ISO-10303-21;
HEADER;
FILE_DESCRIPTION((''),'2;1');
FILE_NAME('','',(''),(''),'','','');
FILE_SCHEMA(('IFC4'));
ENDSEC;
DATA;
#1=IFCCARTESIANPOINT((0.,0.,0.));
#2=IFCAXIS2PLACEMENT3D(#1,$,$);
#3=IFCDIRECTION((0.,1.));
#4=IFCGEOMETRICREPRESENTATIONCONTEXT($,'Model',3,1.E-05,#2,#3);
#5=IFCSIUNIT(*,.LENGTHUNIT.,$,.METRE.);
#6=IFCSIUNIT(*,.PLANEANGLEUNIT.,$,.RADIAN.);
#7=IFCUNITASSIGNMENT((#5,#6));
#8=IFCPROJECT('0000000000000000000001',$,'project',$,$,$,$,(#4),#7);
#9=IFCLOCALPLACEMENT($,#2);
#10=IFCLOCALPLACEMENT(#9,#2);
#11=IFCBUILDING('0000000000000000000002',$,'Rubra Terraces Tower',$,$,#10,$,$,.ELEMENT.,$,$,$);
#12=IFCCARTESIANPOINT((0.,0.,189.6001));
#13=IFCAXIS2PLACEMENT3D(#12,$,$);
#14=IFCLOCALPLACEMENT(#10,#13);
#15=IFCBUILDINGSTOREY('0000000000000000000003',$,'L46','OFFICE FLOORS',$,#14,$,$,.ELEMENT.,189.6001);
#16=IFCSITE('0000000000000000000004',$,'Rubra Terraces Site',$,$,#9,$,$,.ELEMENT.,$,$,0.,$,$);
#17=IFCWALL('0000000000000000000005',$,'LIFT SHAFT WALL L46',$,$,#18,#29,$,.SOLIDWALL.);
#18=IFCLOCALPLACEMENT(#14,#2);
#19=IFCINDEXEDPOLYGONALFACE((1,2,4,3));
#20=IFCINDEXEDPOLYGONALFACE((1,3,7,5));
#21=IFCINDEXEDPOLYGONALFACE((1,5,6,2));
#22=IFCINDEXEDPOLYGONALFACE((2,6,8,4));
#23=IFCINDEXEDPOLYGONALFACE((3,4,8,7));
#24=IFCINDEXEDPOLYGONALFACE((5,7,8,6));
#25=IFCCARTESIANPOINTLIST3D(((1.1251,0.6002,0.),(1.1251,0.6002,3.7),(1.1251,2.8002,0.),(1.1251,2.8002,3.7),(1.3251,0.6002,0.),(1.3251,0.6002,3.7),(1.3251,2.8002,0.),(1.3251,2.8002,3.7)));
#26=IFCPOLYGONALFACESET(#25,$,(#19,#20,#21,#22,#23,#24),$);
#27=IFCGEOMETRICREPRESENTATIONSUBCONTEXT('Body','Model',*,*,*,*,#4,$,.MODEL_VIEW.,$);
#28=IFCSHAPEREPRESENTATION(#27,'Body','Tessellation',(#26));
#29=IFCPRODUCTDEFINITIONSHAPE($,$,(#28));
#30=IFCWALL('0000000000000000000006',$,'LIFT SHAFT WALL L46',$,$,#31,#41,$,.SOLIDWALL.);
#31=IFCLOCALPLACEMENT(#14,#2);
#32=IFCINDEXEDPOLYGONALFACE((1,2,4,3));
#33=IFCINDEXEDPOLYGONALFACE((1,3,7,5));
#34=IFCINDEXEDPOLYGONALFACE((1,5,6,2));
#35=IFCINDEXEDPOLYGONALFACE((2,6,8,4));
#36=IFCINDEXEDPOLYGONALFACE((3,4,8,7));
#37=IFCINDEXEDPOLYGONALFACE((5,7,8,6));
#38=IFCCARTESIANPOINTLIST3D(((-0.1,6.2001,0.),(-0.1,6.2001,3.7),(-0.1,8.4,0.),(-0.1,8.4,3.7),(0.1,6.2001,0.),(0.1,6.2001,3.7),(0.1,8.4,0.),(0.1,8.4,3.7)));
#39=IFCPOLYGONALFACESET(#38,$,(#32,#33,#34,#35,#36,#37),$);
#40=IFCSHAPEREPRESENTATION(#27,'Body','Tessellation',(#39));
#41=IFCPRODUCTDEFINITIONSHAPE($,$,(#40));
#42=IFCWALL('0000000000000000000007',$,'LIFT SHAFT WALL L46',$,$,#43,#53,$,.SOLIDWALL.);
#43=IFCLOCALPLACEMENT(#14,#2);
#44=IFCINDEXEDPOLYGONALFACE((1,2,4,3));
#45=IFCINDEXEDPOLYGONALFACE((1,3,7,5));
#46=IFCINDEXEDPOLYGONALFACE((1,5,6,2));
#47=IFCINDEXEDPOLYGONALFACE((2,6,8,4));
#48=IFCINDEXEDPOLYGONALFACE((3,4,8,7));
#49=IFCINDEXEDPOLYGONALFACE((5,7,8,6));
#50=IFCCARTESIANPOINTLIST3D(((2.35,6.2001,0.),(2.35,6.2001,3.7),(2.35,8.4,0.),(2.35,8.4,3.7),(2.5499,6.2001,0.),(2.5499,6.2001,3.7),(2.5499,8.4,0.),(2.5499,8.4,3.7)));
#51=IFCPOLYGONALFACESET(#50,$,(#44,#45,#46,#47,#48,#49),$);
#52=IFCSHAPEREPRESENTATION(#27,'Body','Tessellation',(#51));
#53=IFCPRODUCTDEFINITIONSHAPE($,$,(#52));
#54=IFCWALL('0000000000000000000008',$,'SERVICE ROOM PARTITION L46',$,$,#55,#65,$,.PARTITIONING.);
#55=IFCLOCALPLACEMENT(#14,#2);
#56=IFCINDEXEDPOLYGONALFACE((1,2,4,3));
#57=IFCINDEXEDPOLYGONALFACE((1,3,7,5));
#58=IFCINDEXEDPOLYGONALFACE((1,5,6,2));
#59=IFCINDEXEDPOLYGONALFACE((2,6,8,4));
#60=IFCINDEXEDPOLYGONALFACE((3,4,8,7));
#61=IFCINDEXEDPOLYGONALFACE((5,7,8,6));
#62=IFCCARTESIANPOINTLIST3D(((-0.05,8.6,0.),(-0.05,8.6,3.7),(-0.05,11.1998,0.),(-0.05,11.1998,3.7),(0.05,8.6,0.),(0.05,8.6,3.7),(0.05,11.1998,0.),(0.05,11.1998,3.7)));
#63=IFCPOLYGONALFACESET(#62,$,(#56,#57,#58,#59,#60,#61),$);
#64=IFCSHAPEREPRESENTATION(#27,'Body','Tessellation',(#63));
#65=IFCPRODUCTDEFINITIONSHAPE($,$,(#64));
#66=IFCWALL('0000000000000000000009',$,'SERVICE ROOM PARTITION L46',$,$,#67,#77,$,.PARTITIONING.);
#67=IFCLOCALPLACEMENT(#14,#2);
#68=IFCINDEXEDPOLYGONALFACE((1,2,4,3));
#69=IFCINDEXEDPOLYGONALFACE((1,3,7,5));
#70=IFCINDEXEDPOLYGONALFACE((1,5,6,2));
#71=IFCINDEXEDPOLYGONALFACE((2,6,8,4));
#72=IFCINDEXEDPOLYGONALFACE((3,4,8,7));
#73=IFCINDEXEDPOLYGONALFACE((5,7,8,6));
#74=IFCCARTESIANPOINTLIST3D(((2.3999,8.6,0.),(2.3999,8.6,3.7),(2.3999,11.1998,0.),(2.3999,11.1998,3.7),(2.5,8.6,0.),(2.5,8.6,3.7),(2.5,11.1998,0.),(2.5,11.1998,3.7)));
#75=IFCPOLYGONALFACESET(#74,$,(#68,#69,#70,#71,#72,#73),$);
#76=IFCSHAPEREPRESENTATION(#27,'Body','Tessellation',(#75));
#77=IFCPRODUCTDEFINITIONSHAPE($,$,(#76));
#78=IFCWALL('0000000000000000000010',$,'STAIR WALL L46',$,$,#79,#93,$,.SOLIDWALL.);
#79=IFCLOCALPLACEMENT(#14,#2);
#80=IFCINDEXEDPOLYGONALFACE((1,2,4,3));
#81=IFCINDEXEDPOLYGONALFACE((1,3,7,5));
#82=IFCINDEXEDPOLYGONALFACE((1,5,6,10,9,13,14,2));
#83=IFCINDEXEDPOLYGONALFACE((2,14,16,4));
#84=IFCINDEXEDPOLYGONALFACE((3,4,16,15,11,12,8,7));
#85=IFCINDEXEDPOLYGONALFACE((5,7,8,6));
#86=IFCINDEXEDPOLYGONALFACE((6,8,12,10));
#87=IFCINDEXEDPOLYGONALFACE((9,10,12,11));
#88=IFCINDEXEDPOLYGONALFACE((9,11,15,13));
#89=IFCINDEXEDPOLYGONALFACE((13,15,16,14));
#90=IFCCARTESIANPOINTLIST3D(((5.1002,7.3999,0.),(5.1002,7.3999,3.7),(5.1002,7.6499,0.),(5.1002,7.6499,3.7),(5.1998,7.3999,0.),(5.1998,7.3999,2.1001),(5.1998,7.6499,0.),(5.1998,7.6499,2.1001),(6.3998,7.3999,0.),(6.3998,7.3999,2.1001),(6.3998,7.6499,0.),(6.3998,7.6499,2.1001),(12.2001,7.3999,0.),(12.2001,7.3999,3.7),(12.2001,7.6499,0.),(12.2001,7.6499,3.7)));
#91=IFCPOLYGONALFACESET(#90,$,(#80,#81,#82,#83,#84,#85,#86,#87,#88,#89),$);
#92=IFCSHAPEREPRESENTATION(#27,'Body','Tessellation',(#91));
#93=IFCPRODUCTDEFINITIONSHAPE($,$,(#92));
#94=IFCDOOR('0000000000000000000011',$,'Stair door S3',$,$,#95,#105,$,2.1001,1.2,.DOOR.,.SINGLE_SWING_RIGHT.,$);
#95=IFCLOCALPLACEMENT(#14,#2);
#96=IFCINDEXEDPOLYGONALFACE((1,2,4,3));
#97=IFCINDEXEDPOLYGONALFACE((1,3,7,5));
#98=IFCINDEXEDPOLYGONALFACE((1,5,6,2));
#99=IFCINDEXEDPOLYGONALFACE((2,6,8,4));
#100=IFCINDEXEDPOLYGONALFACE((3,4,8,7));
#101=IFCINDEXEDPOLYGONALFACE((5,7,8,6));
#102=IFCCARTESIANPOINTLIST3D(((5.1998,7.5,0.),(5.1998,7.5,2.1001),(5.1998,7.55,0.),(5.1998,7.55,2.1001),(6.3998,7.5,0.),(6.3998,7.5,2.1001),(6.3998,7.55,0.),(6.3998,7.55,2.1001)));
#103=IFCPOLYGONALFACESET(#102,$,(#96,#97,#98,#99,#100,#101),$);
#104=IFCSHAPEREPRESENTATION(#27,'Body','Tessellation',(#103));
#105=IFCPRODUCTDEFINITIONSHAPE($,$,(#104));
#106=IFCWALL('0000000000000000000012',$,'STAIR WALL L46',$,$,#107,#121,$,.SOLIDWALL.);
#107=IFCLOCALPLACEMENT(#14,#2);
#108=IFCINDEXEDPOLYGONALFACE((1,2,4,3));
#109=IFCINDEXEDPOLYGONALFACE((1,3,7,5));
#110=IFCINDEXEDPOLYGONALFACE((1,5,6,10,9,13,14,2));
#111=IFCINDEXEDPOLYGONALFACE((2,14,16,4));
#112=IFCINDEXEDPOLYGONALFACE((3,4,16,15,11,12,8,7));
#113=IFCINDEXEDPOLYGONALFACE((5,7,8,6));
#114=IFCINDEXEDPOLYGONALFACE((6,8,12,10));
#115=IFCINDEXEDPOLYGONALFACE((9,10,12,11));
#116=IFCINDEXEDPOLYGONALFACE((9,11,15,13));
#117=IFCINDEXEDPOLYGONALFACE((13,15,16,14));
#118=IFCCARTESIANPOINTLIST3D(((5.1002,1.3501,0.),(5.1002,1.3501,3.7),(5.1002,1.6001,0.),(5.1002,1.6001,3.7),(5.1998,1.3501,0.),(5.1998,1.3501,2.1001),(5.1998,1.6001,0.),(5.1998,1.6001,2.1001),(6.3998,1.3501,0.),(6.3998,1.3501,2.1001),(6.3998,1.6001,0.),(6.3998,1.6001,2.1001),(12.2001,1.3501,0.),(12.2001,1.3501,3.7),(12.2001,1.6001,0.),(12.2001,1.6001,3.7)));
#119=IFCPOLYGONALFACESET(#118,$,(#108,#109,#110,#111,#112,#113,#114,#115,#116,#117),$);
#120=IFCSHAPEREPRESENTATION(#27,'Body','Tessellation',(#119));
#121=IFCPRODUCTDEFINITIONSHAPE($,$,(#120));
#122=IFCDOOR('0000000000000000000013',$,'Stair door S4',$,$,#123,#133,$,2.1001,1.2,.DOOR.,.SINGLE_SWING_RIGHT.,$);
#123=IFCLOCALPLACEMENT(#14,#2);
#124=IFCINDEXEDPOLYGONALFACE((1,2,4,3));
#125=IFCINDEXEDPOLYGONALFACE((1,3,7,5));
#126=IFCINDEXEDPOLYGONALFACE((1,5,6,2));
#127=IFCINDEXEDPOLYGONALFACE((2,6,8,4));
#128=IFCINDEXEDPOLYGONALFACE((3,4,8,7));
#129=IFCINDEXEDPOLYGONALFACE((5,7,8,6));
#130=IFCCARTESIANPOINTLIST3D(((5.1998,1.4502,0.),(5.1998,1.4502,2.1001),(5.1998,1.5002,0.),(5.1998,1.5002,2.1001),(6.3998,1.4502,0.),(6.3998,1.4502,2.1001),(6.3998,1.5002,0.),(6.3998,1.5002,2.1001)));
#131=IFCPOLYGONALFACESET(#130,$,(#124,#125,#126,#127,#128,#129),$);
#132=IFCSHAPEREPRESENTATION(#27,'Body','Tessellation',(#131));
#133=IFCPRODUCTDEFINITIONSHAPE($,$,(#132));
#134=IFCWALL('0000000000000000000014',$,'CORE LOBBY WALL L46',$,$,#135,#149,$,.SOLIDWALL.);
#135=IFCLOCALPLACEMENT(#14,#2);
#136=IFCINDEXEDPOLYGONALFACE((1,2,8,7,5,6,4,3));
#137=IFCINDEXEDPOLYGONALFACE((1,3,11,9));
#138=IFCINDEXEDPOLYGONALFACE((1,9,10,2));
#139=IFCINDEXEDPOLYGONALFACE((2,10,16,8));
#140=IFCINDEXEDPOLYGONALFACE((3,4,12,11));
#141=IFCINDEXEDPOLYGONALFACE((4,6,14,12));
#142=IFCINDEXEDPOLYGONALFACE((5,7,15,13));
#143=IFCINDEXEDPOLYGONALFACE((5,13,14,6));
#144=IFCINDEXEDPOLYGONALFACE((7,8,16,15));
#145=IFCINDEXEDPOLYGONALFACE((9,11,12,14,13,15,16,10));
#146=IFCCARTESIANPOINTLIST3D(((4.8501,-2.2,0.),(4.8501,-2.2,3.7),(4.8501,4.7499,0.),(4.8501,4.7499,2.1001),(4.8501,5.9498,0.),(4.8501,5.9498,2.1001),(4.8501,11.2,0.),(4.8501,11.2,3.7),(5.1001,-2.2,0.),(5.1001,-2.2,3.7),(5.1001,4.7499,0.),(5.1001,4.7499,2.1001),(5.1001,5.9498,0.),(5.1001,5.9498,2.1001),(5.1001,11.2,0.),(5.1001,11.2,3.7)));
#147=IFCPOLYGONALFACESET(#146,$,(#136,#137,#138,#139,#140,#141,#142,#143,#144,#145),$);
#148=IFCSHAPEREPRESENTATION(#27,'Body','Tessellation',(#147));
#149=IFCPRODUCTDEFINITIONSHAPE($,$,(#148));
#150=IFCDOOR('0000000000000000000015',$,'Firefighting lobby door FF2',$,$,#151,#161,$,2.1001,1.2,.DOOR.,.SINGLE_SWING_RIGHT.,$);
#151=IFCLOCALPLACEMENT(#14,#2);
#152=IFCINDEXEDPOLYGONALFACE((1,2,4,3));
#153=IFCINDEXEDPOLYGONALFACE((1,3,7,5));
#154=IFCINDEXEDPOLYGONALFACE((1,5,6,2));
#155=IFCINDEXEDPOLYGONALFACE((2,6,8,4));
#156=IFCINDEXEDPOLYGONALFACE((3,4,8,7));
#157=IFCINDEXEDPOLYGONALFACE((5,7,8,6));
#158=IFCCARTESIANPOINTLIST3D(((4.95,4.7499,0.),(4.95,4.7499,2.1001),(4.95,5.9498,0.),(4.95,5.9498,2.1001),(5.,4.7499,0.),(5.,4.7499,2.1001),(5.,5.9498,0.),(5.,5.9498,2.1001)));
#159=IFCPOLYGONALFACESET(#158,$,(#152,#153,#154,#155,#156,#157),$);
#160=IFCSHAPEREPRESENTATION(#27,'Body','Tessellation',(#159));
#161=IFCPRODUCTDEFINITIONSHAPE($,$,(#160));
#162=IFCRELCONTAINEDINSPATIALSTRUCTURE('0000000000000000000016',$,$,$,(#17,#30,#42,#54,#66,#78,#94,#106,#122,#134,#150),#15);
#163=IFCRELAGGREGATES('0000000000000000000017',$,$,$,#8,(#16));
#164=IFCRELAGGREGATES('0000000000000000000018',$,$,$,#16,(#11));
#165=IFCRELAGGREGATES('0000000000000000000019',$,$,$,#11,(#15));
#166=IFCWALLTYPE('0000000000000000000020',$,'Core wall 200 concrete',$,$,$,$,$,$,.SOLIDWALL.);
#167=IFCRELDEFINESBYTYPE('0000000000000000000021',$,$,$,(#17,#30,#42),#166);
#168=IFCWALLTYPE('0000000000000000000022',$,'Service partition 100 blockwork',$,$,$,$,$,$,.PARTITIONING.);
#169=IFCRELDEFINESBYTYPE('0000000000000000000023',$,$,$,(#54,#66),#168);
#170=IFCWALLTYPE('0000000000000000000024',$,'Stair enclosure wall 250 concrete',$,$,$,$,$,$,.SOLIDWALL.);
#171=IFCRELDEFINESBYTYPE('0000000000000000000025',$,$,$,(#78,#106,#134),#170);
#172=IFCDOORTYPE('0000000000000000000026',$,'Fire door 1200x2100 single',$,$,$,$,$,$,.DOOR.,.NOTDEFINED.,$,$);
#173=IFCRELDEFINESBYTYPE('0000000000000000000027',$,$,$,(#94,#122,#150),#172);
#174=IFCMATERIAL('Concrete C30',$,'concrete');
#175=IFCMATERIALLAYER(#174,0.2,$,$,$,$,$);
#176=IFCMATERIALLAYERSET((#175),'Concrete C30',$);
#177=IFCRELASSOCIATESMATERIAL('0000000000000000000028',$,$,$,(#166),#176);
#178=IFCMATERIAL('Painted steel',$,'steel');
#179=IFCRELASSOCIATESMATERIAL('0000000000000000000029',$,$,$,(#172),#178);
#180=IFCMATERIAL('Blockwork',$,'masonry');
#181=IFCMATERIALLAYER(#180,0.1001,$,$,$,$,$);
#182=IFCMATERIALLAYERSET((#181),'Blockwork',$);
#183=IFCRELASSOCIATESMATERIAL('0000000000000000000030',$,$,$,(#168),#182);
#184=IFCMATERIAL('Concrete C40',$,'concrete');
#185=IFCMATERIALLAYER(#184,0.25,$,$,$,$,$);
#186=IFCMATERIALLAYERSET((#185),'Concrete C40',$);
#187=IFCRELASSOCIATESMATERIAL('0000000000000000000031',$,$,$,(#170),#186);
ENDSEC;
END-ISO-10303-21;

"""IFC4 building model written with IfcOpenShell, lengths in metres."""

from ifc_helpers import new_model, si_unit, direction, frame, frame_2d, origin, place, context, subcontext, project, spatial, rectangle, extrude, material, layer, layer_set, type_object, element, fill, save


model = new_model("IFC4")

# Units and contexts
model_context = context("Model", 3, precision=1e-05, world=origin(), true_north=direction((0.0, 1.0)))
body_context = subcontext(model_context, "Body", "Model", "MODEL_VIEW")
ifc_project = project(units=[si_unit("LENGTHUNIT", "METRE"), si_unit("PLANEANGLEUNIT", "RADIAN")], contexts=[model_context])

# Site, building, storey
site_placement = place(None, origin())
site = spatial("IfcSite", under=ifc_project, at=site_placement, Name="Rubra Terraces Site", CompositionType="ELEMENT", RefElevation=0.0)
building_placement = place(site_placement, origin())
building = spatial("IfcBuilding", under=site, at=building_placement, Name="Rubra Terraces Tower", CompositionType="ELEMENT")
storey_placement = place(building_placement, frame((0.0, 0.0, 189.6001)))
storey = spatial("IfcBuildingStorey", under=building, at=storey_placement, Name="L46", Description="OFFICE FLOORS", CompositionType="ELEMENT", Elevation=189.6001)

# Shared definitions
ifc_material_1 = material(Name="Concrete C40", Category="concrete")

# Shared definitions
ifc_material_2 = material(Name="Concrete C30", Category="concrete")
ifc_layer_1 = layer(ifc_material_2, 0.2)
ifc_layer_set_1 = layer_set([ifc_layer_1], Name="Concrete C30")
wall_type_1 = type_object("IfcWallType", Name="Core wall 200 concrete", PredefinedType="SOLIDWALL", material=ifc_layer_set_1)
ifc_material_3 = material(Name="Painted steel", Category="steel")
door_type_1 = type_object("IfcDoorType", Name="Fire door 1200x2100 single", OperationType="NOTDEFINED", PredefinedType="DOOR", material=ifc_material_3)

# Walls
for number, where, z_axis, x_axis, name in (
    (1, (1.2251, 0.6001, 0.0), (0.0, 0.0, 1.0), (0.0, 1.0, 0.0), "LIFT SHAFT WALL L46"),
    (2, (0.0, 6.2, 0.0), (0.0, 0.0, 1.0), (0.0, 1.0, 0.0), "LIFT SHAFT WALL L46"),
    (3, (2.45, 6.2, 0.0), (0.0, 0.0, 1.0), (0.0, 1.0, 0.0), "LIFT SHAFT WALL L46"),
):
    element("IfcWall", number, at=place(storey_placement, frame(where, z_axis=z_axis, x_axis=x_axis)), inside=storey, type_object=wall_type_1, Name=name, PredefinedType="SOLIDWALL", context=body_context, shape_type="SweptSolid", body=[
        extrude(rectangle(XDim=2.2, YDim=0.2, at=frame_2d((1.1001, 0.0))), origin(), (0.0, 0.0, 1.0), 3.7),
    ])
ifc_material_4 = material(Name="Blockwork", Category="masonry")
ifc_layer_2 = layer(ifc_material_4, 0.1001)
ifc_layer_set_2 = layer_set([ifc_layer_2], Name="Blockwork")
wall_type_2 = type_object("IfcWallType", Name="Service partition 100 blockwork", PredefinedType="PARTITIONING", material=ifc_layer_set_2)
for number, where, z_axis, x_axis, name in (
    (4, (0.0, 8.6001, 0.0), (0.0, 0.0, 1.0), (0.0, 1.0, 0.0), "SERVICE ROOM PARTITION L46"),
    (5, (2.45, 8.6001, 0.0), (0.0, 0.0, 1.0), (0.0, 1.0, 0.0), "SERVICE ROOM PARTITION L46"),
):
    element("IfcWall", number, at=place(storey_placement, frame(where, z_axis=z_axis, x_axis=x_axis)), inside=storey, type_object=wall_type_2, Name=name, PredefinedType="PARTITIONING", context=body_context, shape_type="SweptSolid", body=[
        extrude(rectangle(XDim=2.5999, YDim=0.1001, at=frame_2d((1.2998, 0.0))), origin(), (0.0, 0.0, 1.0), 3.7),
    ])

# Walls, openings, doors
ifc_layer_3 = layer(ifc_material_1, 0.25)
ifc_layer_set_3 = layer_set([ifc_layer_3], Name="Concrete C40")
wall_type_3 = type_object("IfcWallType", Name="Stair enclosure wall 250 concrete", PredefinedType="SOLIDWALL", material=ifc_layer_set_3)
wall_1_placement = place(storey_placement, frame((12.2, 7.5249, 0.0), z_axis=(0.0, 0.0, 1.0), x_axis=(-1.0, 0.0, 0.0)))
wall_1 = element("IfcWall", 6, at=wall_1_placement, inside=storey, type_object=wall_type_3, Name="STAIR WALL L46", PredefinedType="SOLIDWALL", context=body_context, shape_type="SweptSolid", body=[
    extrude(rectangle(XDim=7.0999, YDim=0.25, at=frame_2d((3.5498, 0.0))), origin(), (0.0, 0.0, 1.0), 3.7),
])
opening_1_placement = place(wall_1_placement, frame((5.8, 0.0, 0.0)))
opening_1 = element("IfcOpeningElement", 7, at=opening_1_placement, cuts=wall_1, PredefinedType="OPENING", context=body_context, shape_type="SweptSolid", body=[
    extrude(rectangle(XDim=1.2, YDim=2.1001, at=frame_2d((0.6001, 1.05))), frame((0.0, 0.135, 0.0), z_axis=(0.0, -1.0, 0.0), x_axis=(1.0, 0.0, 0.0)), (0.0, 0.0, 1.0), 0.27),
])
door_1_placement = place(opening_1_placement, origin())
door_1 = element("IfcDoor", 8, at=door_1_placement, inside=storey, type_object=door_type_1, Name="Stair door S3", OperationType="SINGLE_SWING_RIGHT", OverallHeight=2.1001, OverallWidth=1.2, PredefinedType="DOOR", context=body_context, shape_type="SweptSolid", body=[
    extrude(rectangle(XDim=1.2, YDim=2.1001, at=frame_2d((0.6001, 1.05))), frame((0.0, 0.0249, 0.0), z_axis=(0.0, -1.0, 0.0), x_axis=(1.0, 0.0, 0.0)), (0.0, 0.0, 1.0), 0.05),
])
fill(opening_1, door_1)
wall_2_placement = place(storey_placement, frame((12.2, 1.4751, 0.0), z_axis=(0.0, 0.0, 1.0), x_axis=(-1.0, 0.0, 0.0)))
wall_2 = element("IfcWall", 9, at=wall_2_placement, inside=storey, type_object=wall_type_3, Name="STAIR WALL L46", PredefinedType="SOLIDWALL", context=body_context, shape_type="SweptSolid", body=[
    extrude(rectangle(XDim=7.0999, YDim=0.25, at=frame_2d((3.5498, 0.0))), origin(), (0.0, 0.0, 1.0), 3.7),
])
opening_2_placement = place(wall_2_placement, frame((5.8, 0.0, 0.0)))
opening_2 = element("IfcOpeningElement", 10, at=opening_2_placement, cuts=wall_2, PredefinedType="OPENING", context=body_context, shape_type="SweptSolid", body=[
    extrude(rectangle(XDim=1.2, YDim=2.1001, at=frame_2d((0.6001, 1.05))), frame((0.0, 0.135, 0.0), z_axis=(0.0, -1.0, 0.0), x_axis=(1.0, 0.0, 0.0)), (0.0, 0.0, 1.0), 0.27),
])
door_2_placement = place(opening_2_placement, origin())
door_2 = element("IfcDoor", 11, at=door_2_placement, inside=storey, type_object=door_type_1, Name="Stair door S4", OperationType="SINGLE_SWING_RIGHT", OverallHeight=2.1001, OverallWidth=1.2, PredefinedType="DOOR", context=body_context, shape_type="SweptSolid", body=[
    extrude(rectangle(XDim=1.2, YDim=2.1001, at=frame_2d((0.6001, 1.05))), frame((0.0, 0.0249, 0.0), z_axis=(0.0, -1.0, 0.0), x_axis=(1.0, 0.0, 0.0)), (0.0, 0.0, 1.0), 0.05),
])
fill(opening_2, door_2)
wall_3_placement = place(storey_placement, frame((4.9751, 11.2, 0.0), z_axis=(0.0, 0.0, 1.0), x_axis=(0.0, -1.0, 0.0)))
wall_3 = element("IfcWall", 12, at=wall_3_placement, inside=storey, type_object=wall_type_3, Name="CORE LOBBY WALL L46", PredefinedType="SOLIDWALL", context=body_context, shape_type="SweptSolid", body=[
    extrude(rectangle(XDim=13.3999, YDim=0.25, at=frame_2d((6.7, 0.0))), origin(), (0.0, 0.0, 1.0), 3.7),
])
opening_3_placement = place(wall_3_placement, frame((5.25, 0.0, 0.0)))
opening_3 = element("IfcOpeningElement", 13, at=opening_3_placement, cuts=wall_3, PredefinedType="OPENING", context=body_context, shape_type="SweptSolid", body=[
    extrude(rectangle(XDim=1.2, YDim=2.1001, at=frame_2d((0.6001, 1.05))), frame((0.0, 0.135, 0.0), z_axis=(0.0, -1.0, 0.0), x_axis=(1.0, 0.0, 0.0)), (0.0, 0.0, 1.0), 0.27),
])
door_3_placement = place(opening_3_placement, origin())
door_3 = element("IfcDoor", 14, at=door_3_placement, inside=storey, type_object=door_type_1, Name="Firefighting lobby door FF2", OperationType="SINGLE_SWING_RIGHT", OverallHeight=2.1001, OverallWidth=1.2, PredefinedType="DOOR", context=body_context, shape_type="SweptSolid", body=[
    extrude(rectangle(XDim=1.2, YDim=2.1001, at=frame_2d((0.6001, 1.05))), frame((0.0, 0.0249, 0.0), z_axis=(0.0, -1.0, 0.0), x_axis=(1.0, 0.0, 0.0)), (0.0, 0.0, 1.0), 0.05),
])
fill(opening_3, door_3)

save(model, "model.ifc")
